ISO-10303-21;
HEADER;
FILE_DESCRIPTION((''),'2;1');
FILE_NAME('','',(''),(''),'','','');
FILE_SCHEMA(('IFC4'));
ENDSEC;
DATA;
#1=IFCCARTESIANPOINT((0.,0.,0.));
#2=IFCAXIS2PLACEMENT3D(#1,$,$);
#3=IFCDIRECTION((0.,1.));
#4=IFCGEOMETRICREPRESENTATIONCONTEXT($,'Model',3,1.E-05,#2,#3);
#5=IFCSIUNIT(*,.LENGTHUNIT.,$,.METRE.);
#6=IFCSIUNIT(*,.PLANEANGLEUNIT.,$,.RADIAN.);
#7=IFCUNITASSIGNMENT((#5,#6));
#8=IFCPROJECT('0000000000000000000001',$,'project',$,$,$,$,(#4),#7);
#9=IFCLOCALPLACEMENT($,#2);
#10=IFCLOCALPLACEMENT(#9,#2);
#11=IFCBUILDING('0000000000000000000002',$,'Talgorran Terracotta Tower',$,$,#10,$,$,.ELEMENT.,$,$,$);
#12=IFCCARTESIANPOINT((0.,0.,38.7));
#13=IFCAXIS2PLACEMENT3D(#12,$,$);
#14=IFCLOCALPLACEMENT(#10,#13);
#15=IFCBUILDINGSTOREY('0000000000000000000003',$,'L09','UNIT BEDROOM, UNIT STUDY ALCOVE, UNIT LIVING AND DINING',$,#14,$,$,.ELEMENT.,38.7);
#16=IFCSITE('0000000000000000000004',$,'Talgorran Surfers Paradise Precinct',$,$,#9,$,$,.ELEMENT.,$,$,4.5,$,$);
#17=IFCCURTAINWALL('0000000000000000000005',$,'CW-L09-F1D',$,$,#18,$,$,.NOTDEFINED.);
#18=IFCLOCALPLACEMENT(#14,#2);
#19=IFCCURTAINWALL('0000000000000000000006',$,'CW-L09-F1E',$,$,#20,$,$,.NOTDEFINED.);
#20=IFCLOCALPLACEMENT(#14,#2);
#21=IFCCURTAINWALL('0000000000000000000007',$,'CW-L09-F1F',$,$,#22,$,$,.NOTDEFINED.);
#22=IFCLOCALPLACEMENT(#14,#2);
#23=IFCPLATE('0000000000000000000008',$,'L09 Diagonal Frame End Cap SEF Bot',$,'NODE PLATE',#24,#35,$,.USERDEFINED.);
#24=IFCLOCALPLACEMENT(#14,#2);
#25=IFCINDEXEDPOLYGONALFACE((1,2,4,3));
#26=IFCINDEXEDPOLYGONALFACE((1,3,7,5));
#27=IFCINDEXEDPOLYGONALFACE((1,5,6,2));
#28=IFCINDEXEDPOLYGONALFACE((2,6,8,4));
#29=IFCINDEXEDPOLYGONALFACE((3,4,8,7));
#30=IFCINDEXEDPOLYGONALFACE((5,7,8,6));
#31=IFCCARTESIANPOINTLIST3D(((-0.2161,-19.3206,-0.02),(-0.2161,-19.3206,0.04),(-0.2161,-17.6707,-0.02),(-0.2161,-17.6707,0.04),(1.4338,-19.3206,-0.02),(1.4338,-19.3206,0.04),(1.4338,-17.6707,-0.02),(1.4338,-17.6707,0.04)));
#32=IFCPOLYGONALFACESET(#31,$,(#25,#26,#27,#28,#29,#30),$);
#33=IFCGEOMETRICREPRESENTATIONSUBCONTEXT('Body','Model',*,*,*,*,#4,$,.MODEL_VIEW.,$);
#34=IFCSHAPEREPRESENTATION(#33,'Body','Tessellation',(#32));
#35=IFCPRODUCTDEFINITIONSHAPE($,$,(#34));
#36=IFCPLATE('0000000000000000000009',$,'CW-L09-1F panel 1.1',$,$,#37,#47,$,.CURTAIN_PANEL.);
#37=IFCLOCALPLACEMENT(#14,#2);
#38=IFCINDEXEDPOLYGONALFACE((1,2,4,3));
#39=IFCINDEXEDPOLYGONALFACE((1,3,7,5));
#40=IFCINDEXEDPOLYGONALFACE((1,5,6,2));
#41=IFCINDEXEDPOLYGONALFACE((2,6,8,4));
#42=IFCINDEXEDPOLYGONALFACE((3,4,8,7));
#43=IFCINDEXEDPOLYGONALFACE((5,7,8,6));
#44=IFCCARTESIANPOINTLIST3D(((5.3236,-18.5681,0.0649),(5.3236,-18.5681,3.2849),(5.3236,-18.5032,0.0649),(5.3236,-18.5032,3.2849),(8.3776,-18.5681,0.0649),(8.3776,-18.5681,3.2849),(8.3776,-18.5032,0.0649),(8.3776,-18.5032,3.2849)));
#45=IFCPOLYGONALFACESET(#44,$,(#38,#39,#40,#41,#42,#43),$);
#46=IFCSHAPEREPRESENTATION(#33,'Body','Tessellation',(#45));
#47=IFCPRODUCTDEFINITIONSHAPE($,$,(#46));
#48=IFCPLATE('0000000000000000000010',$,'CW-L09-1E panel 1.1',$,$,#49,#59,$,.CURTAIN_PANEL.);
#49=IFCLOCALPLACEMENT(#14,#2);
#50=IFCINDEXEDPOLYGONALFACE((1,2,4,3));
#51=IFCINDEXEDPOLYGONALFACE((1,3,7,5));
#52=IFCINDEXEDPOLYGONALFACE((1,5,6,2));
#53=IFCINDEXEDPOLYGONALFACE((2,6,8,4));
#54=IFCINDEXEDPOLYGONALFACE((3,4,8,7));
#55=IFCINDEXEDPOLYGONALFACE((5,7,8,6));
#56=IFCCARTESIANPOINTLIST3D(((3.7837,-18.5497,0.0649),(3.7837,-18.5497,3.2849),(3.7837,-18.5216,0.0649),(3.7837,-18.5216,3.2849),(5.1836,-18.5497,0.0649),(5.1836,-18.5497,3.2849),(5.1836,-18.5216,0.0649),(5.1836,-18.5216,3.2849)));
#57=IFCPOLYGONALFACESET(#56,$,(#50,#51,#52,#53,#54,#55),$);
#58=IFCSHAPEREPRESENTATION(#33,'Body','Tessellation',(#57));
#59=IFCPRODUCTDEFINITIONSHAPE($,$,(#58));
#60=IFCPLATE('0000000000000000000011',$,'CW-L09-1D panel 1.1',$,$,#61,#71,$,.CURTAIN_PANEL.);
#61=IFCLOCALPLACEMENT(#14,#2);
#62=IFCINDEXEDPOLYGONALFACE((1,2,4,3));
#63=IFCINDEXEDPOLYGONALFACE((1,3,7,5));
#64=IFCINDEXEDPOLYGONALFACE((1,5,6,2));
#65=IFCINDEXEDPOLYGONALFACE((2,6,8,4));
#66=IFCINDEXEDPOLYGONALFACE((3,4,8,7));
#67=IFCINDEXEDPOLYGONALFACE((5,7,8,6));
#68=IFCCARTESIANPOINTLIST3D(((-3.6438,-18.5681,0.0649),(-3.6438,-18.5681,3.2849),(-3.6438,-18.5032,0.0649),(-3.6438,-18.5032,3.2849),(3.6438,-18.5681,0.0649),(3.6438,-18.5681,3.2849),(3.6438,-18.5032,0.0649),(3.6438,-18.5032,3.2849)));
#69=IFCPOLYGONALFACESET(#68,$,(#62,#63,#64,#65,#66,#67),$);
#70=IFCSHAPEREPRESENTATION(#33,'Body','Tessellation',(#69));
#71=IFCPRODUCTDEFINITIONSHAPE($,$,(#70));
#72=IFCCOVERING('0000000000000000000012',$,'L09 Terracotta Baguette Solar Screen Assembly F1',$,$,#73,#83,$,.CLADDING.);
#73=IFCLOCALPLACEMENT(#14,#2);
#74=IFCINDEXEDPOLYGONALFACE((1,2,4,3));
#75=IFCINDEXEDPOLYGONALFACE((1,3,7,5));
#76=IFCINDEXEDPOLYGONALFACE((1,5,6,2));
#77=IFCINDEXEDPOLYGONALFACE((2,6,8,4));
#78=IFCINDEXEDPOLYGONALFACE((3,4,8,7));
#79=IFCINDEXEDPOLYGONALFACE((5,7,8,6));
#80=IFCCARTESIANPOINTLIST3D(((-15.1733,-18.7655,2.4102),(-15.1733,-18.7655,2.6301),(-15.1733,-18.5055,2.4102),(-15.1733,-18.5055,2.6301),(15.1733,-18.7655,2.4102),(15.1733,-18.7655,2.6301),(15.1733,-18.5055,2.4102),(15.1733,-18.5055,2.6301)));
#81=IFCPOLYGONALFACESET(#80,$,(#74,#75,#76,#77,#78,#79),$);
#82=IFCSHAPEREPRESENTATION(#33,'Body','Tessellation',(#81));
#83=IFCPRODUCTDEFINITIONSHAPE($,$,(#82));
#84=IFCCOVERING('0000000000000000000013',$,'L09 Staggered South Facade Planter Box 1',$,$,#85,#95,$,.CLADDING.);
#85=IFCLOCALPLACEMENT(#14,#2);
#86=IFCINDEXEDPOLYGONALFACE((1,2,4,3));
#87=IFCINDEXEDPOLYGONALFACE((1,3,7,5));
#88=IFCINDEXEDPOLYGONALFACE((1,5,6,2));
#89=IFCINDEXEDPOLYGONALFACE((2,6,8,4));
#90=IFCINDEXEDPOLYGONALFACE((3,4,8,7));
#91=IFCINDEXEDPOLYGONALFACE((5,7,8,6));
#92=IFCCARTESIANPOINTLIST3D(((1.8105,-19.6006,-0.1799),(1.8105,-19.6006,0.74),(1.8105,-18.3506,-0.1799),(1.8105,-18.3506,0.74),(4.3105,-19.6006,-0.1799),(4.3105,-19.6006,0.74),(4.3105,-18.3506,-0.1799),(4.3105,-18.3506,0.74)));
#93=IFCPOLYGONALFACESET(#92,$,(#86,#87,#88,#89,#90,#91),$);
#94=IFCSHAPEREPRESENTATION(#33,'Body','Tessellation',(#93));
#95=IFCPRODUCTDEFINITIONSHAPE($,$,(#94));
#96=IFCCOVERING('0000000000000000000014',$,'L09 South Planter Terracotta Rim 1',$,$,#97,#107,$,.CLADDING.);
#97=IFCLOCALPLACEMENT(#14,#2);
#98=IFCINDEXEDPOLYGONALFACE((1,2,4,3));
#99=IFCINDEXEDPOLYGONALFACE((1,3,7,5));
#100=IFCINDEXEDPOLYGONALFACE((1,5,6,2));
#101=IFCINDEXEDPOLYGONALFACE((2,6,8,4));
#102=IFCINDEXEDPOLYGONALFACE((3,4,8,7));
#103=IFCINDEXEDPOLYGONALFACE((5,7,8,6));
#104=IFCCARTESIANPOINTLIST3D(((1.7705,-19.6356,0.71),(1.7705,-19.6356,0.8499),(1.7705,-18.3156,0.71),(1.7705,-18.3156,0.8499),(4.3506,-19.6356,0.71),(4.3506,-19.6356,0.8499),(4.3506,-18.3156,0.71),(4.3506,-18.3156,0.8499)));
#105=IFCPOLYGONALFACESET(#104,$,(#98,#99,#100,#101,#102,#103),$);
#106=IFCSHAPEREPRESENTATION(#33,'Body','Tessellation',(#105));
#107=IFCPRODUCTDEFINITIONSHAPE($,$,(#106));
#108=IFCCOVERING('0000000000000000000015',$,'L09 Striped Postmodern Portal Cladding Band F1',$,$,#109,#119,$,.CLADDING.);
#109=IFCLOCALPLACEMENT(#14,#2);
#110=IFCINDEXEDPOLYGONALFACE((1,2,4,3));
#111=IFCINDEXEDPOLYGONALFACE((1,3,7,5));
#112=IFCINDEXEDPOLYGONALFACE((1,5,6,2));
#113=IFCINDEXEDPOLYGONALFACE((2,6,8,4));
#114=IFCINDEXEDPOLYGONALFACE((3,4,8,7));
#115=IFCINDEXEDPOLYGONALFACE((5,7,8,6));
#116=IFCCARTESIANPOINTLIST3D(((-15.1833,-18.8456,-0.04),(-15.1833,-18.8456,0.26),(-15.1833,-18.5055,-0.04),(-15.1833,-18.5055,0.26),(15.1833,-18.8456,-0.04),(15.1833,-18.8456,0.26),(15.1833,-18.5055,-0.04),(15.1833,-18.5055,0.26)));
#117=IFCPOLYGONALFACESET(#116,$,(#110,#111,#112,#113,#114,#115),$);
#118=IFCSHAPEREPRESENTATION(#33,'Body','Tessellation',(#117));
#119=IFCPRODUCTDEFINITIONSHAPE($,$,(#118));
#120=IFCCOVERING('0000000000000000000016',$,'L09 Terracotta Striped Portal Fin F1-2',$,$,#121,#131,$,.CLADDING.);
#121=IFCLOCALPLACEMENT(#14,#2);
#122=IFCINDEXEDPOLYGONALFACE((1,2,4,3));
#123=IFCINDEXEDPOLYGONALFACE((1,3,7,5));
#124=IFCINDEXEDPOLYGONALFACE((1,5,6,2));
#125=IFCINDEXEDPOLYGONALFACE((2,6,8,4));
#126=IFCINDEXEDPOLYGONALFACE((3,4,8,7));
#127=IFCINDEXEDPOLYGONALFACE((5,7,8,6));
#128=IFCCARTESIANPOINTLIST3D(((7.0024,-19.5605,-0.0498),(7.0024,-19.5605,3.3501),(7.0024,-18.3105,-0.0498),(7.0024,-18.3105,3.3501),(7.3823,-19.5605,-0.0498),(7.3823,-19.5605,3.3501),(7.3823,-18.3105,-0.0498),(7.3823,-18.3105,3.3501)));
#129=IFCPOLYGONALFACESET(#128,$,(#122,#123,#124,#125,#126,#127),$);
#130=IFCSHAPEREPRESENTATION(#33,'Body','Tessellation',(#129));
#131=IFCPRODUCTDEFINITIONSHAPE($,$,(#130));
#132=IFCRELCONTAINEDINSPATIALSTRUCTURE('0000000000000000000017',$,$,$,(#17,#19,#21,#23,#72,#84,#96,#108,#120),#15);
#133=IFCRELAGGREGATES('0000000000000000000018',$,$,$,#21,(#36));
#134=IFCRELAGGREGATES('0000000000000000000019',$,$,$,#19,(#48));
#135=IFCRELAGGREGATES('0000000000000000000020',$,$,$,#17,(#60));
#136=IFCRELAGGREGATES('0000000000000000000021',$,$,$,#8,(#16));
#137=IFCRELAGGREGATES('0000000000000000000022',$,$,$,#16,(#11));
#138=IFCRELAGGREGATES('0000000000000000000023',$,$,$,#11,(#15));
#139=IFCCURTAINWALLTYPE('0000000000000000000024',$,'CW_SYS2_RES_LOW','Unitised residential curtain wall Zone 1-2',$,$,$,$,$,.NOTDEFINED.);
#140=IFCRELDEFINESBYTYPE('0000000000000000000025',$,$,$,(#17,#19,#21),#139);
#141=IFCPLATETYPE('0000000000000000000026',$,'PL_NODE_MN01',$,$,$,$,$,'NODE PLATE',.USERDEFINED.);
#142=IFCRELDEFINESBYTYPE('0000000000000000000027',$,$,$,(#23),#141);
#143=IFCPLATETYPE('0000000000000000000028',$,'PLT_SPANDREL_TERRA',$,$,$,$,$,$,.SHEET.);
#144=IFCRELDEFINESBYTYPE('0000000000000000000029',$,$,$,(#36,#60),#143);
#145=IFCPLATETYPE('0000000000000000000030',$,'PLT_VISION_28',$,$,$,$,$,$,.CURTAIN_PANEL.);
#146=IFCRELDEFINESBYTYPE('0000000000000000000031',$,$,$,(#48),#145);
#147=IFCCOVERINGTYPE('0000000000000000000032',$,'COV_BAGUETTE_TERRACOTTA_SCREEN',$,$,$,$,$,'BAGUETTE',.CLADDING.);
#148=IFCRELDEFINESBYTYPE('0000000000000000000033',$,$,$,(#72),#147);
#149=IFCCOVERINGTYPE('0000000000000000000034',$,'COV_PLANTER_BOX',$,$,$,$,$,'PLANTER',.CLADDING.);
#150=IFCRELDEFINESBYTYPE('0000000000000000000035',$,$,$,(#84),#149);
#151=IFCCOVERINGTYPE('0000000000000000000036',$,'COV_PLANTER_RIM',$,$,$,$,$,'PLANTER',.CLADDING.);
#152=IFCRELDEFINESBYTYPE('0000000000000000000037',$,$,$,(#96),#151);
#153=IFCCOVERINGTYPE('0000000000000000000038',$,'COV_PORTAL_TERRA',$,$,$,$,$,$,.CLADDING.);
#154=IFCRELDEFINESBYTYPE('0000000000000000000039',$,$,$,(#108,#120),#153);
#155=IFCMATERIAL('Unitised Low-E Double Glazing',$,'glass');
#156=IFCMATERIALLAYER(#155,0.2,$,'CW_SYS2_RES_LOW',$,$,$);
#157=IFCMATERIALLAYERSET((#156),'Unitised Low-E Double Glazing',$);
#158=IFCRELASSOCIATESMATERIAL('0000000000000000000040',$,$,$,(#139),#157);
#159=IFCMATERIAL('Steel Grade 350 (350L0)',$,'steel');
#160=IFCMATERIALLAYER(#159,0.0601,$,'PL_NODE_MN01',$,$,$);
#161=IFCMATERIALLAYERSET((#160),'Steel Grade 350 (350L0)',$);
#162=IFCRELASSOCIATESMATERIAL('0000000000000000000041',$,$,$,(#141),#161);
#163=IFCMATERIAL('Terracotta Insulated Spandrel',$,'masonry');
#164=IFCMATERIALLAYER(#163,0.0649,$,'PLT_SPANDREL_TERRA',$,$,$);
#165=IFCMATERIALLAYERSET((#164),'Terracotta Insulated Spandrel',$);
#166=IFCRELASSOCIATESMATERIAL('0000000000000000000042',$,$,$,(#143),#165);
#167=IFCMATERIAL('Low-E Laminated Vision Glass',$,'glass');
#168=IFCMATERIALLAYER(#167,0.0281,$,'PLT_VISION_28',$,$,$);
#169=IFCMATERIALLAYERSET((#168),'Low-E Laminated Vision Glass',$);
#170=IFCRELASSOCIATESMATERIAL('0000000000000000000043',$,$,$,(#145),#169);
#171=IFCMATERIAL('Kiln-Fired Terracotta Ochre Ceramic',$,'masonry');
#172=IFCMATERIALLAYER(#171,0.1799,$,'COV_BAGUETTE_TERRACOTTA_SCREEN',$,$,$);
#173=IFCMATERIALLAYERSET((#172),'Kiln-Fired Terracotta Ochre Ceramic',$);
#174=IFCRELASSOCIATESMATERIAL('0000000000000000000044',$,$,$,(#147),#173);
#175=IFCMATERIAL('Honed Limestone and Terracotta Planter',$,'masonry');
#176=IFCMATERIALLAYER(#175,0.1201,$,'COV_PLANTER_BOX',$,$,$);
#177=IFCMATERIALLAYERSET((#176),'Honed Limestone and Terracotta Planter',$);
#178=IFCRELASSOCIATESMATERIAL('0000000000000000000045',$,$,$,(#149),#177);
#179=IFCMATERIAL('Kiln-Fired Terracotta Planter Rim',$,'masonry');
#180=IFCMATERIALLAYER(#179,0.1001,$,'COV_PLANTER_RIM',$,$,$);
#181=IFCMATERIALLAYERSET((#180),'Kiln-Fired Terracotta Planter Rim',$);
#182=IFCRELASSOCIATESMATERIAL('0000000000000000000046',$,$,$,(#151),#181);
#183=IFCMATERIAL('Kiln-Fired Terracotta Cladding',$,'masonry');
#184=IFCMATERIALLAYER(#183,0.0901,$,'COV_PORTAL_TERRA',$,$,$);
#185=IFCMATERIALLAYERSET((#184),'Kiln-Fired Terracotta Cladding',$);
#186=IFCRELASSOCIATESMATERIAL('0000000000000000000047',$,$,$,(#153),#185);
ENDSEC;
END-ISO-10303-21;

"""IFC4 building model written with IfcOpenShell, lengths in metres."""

from ifc_helpers import new_model, si_unit, direction, frame, origin, origin_2d, place, context, subcontext, project, spatial, rectangle, extrude, source, transform, mapped, material, layer, layer_set, type_object, type_shapes, element, aggregate, save


model = new_model("IFC4")

# Units and contexts
model_context = context("Model", 3, precision=1e-05, world=origin(), true_north=direction((0.0, 1.0)))
body_context = subcontext(model_context, "Body", "Model", "MODEL_VIEW")
ifc_project = project(units=[si_unit("LENGTHUNIT", "METRE"), si_unit("PLANEANGLEUNIT", "RADIAN")], contexts=[model_context])

# Site, building, storey
site_placement = place(None, origin())
site = spatial("IfcSite", under=ifc_project, at=site_placement, Name="Talgorran Surfers Paradise Precinct", CompositionType="ELEMENT", RefElevation=4.5)
building_placement = place(site_placement, origin())
building = spatial("IfcBuilding", under=site, at=building_placement, Name="Talgorran Terracotta Tower", CompositionType="ELEMENT")
storey_placement = place(building_placement, frame((0.0, 0.0, 38.7)))
storey = spatial("IfcBuildingStorey", under=building, at=storey_placement, Name="L09", Description="UNIT BEDROOM, UNIT STUDY ALCOVE, UNIT LIVING AND DINING", CompositionType="ELEMENT", Elevation=38.7)

# Shared definitions
ifc_material_1 = material(Name="Steel Grade 350 (350L0)", Category="steel")

# Curtain wall
ifc_material_2 = material(Name="Unitised Low-E Double Glazing", Category="glass")
ifc_layer_1 = layer(ifc_material_2, 0.2, Name="CW_SYS2_RES_LOW")
ifc_layer_set_1 = layer_set([ifc_layer_1], Name="Unitised Low-E Double Glazing")
curtain_wall_type = type_object("IfcCurtainWallType", Name="CW_SYS2_RES_LOW", Description="Unitised residential curtain wall Zone 1-2", PredefinedType="NOTDEFINED", material=ifc_layer_set_1)
curtain_wall_1_placement = place(storey_placement, origin())
curtain_wall_1 = element("IfcCurtainWall", 1, at=curtain_wall_1_placement, inside=storey, type_object=curtain_wall_type, Name="CW-L09-F1D", PredefinedType="NOTDEFINED")

# Curtain walls
curtain_wall_2_placement = place(storey_placement, origin())
curtain_wall_2 = element("IfcCurtainWall", 2, at=curtain_wall_2_placement, inside=storey, type_object=curtain_wall_type, Name="CW-L09-F1E", PredefinedType="NOTDEFINED")
curtain_wall_3_placement = place(storey_placement, origin())
curtain_wall_3 = element("IfcCurtainWall", 3, at=curtain_wall_3_placement, inside=storey, type_object=curtain_wall_type, Name="CW-L09-F1F", PredefinedType="NOTDEFINED")

# Plate
ifc_layer_2 = layer(ifc_material_1, 0.0601, Name="PL_NODE_MN01")
ifc_layer_set_2 = layer_set([ifc_layer_2], Name="Steel Grade 350 (350L0)")
plate_type_1 = type_object("IfcPlateType", Name="PL_NODE_MN01", ElementType="NODE PLATE", PredefinedType="USERDEFINED", material=ifc_layer_set_2)
plate_1_placement = place(storey_placement, frame((0.6089, -18.4956, -0.02), z_axis=(0.0, 0.0, 1.0), x_axis=(1.0, 0.0, 0.0)))
element("IfcPlate", 4, at=plate_1_placement, inside=storey, type_object=plate_type_1, Name="L09 Diagonal Frame End Cap SEF Bot", ObjectType="NODE PLATE", PredefinedType="USERDEFINED", context=body_context, shape_type="SweptSolid", body=[
    extrude(rectangle(XDim=1.6499, YDim=1.6499, at=origin_2d()), origin(), (0.0, 0.0, 1.0), 0.0601),
])

# Plates
ifc_material_3 = material(Name="Terracotta Insulated Spandrel", Category="masonry")
ifc_layer_3 = layer(ifc_material_3, 0.0649, Name="PLT_SPANDREL_TERRA")
ifc_layer_set_3 = layer_set([ifc_layer_3], Name="Terracotta Insulated Spandrel")
plate_type_2 = type_object("IfcPlateType", Name="PLT_SPANDREL_TERRA", PredefinedType="SHEET", material=ifc_layer_set_3)
shared_shape_1 = source(origin(), body_context, "Body", "SweptSolid", [
    extrude(rectangle(XDim=3.054, YDim=0.0649, at=origin_2d()), origin(), (0.0, 0.0, 1.0), 3.22),
])
plate_2_placement = place(storey_placement, frame((6.8506, -18.5356, 0.0649), z_axis=(0.0, 0.0, 1.0), x_axis=(1.0, 0.0, 0.0)))
plate_2 = element("IfcPlate", 5, at=plate_2_placement, type_object=plate_type_2, Name="CW-L09-1F panel 1.1", PredefinedType="CURTAIN_PANEL", context=body_context, shape_type="MappedRepresentation", body=[
    mapped(shared_shape_1, transform((0.0, 0.0, 0.0), scale=1.0)),
])
aggregate(curtain_wall_3, [plate_2])
ifc_material_4 = material(Name="Low-E Laminated Vision Glass", Category="glass")
ifc_layer_4 = layer(ifc_material_4, 0.0281, Name="PLT_VISION_28")
ifc_layer_set_4 = layer_set([ifc_layer_4], Name="Low-E Laminated Vision Glass")
plate_type_3 = type_object("IfcPlateType", Name="PLT_VISION_28", PredefinedType="CURTAIN_PANEL", material=ifc_layer_set_4)
shared_shape_2 = source(origin(), body_context, "Body", "SweptSolid", [
    extrude(rectangle(XDim=1.3999, YDim=0.0281, at=origin_2d()), origin(), (0.0, 0.0, 1.0), 3.22),
])
type_shapes(plate_type_3, [shared_shape_2])
plate_3_placement = place(storey_placement, frame((4.4836, -18.5356, 0.0649), z_axis=(0.0, 0.0, 1.0), x_axis=(1.0, 0.0, 0.0)))
plate_3 = element("IfcPlate", 6, at=plate_3_placement, type_object=plate_type_3, Name="CW-L09-1E panel 1.1", PredefinedType="CURTAIN_PANEL", context=body_context, shape_type="MappedRepresentation", body=[
    mapped(shared_shape_2, transform((0.0, 0.0, 0.0), scale=1.0)),
])
aggregate(curtain_wall_2, [plate_3])
shared_shape_3 = source(origin(), body_context, "Body", "SweptSolid", [
    extrude(rectangle(XDim=7.2876, YDim=0.0649, at=origin_2d()), origin(), (0.0, 0.0, 1.0), 3.22),
])
type_shapes(plate_type_2, [shared_shape_1, shared_shape_3])
plate_4_placement = place(storey_placement, frame((0.0, -18.5356, 0.0649), z_axis=(0.0, 0.0, 1.0), x_axis=(1.0, 0.0, 0.0)))
plate_4 = element("IfcPlate", 7, at=plate_4_placement, type_object=plate_type_2, Name="CW-L09-1D panel 1.1", PredefinedType="CURTAIN_PANEL", context=body_context, shape_type="MappedRepresentation", body=[
    mapped(shared_shape_3, transform((0.0, 0.0, 0.0), scale=1.0)),
])
aggregate(curtain_wall_1, [plate_4])

# Coverings
ifc_material_5 = material(Name="Kiln-Fired Terracotta Ochre Ceramic", Category="masonry")
ifc_layer_5 = layer(ifc_material_5, 0.1799, Name="COV_BAGUETTE_TERRACOTTA_SCREEN")
ifc_layer_set_5 = layer_set([ifc_layer_5], Name="Kiln-Fired Terracotta Ochre Ceramic")
covering_type_1 = type_object("IfcCoveringType", Name="COV_BAGUETTE_TERRACOTTA_SCREEN", ElementType="BAGUETTE", PredefinedType="CLADDING", material=ifc_layer_set_5)
covering_1_placement = place(storey_placement, frame((0.0, -18.6355, 2.4102), z_axis=(0.0, 0.0, 1.0), x_axis=(1.0, 0.0, 0.0)))
element("IfcCovering", 8, at=covering_1_placement, inside=storey, type_object=covering_type_1, Name="L09 Terracotta Baguette Solar Screen Assembly F1", PredefinedType="CLADDING", context=body_context, shape_type="SweptSolid", body=[
    extrude(rectangle(XDim=30.3467, YDim=0.26, at=origin_2d()), origin(), (0.0, 0.0, 1.0), 0.22),
])
ifc_material_6 = material(Name="Honed Limestone and Terracotta Planter", Category="masonry")
ifc_layer_6 = layer(ifc_material_6, 0.1201, Name="COV_PLANTER_BOX")
ifc_layer_set_6 = layer_set([ifc_layer_6], Name="Honed Limestone and Terracotta Planter")
covering_type_2 = type_object("IfcCoveringType", Name="COV_PLANTER_BOX", ElementType="PLANTER", PredefinedType="CLADDING", material=ifc_layer_set_6)
covering_2_placement = place(storey_placement, frame((3.0605, -18.9756, -0.1799), z_axis=(0.0, 0.0, 1.0), x_axis=(1.0, 0.0, 0.0)))
element("IfcCovering", 9, at=covering_2_placement, inside=storey, type_object=covering_type_2, Name="L09 Staggered South Facade Planter Box 1", PredefinedType="CLADDING", context=body_context, shape_type="SweptSolid", body=[
    extrude(rectangle(XDim=2.5, YDim=1.25, at=origin_2d()), origin(), (0.0, 0.0, 1.0), 0.9199),
])
ifc_material_7 = material(Name="Kiln-Fired Terracotta Planter Rim", Category="masonry")
ifc_layer_7 = layer(ifc_material_7, 0.1001, Name="COV_PLANTER_RIM")
ifc_layer_set_7 = layer_set([ifc_layer_7], Name="Kiln-Fired Terracotta Planter Rim")
covering_type_3 = type_object("IfcCoveringType", Name="COV_PLANTER_RIM", ElementType="PLANTER", PredefinedType="CLADDING", material=ifc_layer_set_7)
covering_3_placement = place(storey_placement, frame((3.0605, -18.9756, 0.71), z_axis=(0.0, 0.0, 1.0), x_axis=(1.0, 0.0, 0.0)))
element("IfcCovering", 10, at=covering_3_placement, inside=storey, type_object=covering_type_3, Name="L09 South Planter Terracotta Rim 1", PredefinedType="CLADDING", context=body_context, shape_type="SweptSolid", body=[
    extrude(rectangle(XDim=2.5801, YDim=1.3201, at=origin_2d()), origin(), (0.0, 0.0, 1.0), 0.1399),
])
ifc_material_8 = material(Name="Kiln-Fired Terracotta Cladding", Category="masonry")
ifc_layer_8 = layer(ifc_material_8, 0.0901, Name="COV_PORTAL_TERRA")
ifc_layer_set_8 = layer_set([ifc_layer_8], Name="Kiln-Fired Terracotta Cladding")
covering_type_4 = type_object("IfcCoveringType", Name="COV_PORTAL_TERRA", PredefinedType="CLADDING", material=ifc_layer_set_8)
covering_4_placement = place(storey_placement, frame((0.0, -18.6755, -0.04), z_axis=(0.0, 0.0, 1.0), x_axis=(1.0, 0.0, 0.0)))
element("IfcCovering", 11, at=covering_4_placement, inside=storey, type_object=covering_type_4, Name="L09 Striped Postmodern Portal Cladding Band F1", PredefinedType="CLADDING", context=body_context, shape_type="SweptSolid", body=[
    extrude(rectangle(XDim=30.3667, YDim=0.3401, at=origin_2d()), origin(), (0.0, 0.0, 1.0), 0.3),
])
covering_5_placement = place(storey_placement, frame((7.1924, -18.9355, -0.0498), z_axis=(0.0, 0.0, 1.0), x_axis=(1.0, 0.0, 0.0)))
element("IfcCovering", 12, at=covering_5_placement, inside=storey, type_object=covering_type_4, Name="L09 Terracotta Striped Portal Fin F1-2", PredefinedType="CLADDING", context=body_context, shape_type="SweptSolid", body=[
    extrude(rectangle(XDim=0.3799, YDim=1.25, at=origin_2d()), origin(), (0.0, 0.0, 1.0), 3.3999),
])

save(model, "model.ifc")
